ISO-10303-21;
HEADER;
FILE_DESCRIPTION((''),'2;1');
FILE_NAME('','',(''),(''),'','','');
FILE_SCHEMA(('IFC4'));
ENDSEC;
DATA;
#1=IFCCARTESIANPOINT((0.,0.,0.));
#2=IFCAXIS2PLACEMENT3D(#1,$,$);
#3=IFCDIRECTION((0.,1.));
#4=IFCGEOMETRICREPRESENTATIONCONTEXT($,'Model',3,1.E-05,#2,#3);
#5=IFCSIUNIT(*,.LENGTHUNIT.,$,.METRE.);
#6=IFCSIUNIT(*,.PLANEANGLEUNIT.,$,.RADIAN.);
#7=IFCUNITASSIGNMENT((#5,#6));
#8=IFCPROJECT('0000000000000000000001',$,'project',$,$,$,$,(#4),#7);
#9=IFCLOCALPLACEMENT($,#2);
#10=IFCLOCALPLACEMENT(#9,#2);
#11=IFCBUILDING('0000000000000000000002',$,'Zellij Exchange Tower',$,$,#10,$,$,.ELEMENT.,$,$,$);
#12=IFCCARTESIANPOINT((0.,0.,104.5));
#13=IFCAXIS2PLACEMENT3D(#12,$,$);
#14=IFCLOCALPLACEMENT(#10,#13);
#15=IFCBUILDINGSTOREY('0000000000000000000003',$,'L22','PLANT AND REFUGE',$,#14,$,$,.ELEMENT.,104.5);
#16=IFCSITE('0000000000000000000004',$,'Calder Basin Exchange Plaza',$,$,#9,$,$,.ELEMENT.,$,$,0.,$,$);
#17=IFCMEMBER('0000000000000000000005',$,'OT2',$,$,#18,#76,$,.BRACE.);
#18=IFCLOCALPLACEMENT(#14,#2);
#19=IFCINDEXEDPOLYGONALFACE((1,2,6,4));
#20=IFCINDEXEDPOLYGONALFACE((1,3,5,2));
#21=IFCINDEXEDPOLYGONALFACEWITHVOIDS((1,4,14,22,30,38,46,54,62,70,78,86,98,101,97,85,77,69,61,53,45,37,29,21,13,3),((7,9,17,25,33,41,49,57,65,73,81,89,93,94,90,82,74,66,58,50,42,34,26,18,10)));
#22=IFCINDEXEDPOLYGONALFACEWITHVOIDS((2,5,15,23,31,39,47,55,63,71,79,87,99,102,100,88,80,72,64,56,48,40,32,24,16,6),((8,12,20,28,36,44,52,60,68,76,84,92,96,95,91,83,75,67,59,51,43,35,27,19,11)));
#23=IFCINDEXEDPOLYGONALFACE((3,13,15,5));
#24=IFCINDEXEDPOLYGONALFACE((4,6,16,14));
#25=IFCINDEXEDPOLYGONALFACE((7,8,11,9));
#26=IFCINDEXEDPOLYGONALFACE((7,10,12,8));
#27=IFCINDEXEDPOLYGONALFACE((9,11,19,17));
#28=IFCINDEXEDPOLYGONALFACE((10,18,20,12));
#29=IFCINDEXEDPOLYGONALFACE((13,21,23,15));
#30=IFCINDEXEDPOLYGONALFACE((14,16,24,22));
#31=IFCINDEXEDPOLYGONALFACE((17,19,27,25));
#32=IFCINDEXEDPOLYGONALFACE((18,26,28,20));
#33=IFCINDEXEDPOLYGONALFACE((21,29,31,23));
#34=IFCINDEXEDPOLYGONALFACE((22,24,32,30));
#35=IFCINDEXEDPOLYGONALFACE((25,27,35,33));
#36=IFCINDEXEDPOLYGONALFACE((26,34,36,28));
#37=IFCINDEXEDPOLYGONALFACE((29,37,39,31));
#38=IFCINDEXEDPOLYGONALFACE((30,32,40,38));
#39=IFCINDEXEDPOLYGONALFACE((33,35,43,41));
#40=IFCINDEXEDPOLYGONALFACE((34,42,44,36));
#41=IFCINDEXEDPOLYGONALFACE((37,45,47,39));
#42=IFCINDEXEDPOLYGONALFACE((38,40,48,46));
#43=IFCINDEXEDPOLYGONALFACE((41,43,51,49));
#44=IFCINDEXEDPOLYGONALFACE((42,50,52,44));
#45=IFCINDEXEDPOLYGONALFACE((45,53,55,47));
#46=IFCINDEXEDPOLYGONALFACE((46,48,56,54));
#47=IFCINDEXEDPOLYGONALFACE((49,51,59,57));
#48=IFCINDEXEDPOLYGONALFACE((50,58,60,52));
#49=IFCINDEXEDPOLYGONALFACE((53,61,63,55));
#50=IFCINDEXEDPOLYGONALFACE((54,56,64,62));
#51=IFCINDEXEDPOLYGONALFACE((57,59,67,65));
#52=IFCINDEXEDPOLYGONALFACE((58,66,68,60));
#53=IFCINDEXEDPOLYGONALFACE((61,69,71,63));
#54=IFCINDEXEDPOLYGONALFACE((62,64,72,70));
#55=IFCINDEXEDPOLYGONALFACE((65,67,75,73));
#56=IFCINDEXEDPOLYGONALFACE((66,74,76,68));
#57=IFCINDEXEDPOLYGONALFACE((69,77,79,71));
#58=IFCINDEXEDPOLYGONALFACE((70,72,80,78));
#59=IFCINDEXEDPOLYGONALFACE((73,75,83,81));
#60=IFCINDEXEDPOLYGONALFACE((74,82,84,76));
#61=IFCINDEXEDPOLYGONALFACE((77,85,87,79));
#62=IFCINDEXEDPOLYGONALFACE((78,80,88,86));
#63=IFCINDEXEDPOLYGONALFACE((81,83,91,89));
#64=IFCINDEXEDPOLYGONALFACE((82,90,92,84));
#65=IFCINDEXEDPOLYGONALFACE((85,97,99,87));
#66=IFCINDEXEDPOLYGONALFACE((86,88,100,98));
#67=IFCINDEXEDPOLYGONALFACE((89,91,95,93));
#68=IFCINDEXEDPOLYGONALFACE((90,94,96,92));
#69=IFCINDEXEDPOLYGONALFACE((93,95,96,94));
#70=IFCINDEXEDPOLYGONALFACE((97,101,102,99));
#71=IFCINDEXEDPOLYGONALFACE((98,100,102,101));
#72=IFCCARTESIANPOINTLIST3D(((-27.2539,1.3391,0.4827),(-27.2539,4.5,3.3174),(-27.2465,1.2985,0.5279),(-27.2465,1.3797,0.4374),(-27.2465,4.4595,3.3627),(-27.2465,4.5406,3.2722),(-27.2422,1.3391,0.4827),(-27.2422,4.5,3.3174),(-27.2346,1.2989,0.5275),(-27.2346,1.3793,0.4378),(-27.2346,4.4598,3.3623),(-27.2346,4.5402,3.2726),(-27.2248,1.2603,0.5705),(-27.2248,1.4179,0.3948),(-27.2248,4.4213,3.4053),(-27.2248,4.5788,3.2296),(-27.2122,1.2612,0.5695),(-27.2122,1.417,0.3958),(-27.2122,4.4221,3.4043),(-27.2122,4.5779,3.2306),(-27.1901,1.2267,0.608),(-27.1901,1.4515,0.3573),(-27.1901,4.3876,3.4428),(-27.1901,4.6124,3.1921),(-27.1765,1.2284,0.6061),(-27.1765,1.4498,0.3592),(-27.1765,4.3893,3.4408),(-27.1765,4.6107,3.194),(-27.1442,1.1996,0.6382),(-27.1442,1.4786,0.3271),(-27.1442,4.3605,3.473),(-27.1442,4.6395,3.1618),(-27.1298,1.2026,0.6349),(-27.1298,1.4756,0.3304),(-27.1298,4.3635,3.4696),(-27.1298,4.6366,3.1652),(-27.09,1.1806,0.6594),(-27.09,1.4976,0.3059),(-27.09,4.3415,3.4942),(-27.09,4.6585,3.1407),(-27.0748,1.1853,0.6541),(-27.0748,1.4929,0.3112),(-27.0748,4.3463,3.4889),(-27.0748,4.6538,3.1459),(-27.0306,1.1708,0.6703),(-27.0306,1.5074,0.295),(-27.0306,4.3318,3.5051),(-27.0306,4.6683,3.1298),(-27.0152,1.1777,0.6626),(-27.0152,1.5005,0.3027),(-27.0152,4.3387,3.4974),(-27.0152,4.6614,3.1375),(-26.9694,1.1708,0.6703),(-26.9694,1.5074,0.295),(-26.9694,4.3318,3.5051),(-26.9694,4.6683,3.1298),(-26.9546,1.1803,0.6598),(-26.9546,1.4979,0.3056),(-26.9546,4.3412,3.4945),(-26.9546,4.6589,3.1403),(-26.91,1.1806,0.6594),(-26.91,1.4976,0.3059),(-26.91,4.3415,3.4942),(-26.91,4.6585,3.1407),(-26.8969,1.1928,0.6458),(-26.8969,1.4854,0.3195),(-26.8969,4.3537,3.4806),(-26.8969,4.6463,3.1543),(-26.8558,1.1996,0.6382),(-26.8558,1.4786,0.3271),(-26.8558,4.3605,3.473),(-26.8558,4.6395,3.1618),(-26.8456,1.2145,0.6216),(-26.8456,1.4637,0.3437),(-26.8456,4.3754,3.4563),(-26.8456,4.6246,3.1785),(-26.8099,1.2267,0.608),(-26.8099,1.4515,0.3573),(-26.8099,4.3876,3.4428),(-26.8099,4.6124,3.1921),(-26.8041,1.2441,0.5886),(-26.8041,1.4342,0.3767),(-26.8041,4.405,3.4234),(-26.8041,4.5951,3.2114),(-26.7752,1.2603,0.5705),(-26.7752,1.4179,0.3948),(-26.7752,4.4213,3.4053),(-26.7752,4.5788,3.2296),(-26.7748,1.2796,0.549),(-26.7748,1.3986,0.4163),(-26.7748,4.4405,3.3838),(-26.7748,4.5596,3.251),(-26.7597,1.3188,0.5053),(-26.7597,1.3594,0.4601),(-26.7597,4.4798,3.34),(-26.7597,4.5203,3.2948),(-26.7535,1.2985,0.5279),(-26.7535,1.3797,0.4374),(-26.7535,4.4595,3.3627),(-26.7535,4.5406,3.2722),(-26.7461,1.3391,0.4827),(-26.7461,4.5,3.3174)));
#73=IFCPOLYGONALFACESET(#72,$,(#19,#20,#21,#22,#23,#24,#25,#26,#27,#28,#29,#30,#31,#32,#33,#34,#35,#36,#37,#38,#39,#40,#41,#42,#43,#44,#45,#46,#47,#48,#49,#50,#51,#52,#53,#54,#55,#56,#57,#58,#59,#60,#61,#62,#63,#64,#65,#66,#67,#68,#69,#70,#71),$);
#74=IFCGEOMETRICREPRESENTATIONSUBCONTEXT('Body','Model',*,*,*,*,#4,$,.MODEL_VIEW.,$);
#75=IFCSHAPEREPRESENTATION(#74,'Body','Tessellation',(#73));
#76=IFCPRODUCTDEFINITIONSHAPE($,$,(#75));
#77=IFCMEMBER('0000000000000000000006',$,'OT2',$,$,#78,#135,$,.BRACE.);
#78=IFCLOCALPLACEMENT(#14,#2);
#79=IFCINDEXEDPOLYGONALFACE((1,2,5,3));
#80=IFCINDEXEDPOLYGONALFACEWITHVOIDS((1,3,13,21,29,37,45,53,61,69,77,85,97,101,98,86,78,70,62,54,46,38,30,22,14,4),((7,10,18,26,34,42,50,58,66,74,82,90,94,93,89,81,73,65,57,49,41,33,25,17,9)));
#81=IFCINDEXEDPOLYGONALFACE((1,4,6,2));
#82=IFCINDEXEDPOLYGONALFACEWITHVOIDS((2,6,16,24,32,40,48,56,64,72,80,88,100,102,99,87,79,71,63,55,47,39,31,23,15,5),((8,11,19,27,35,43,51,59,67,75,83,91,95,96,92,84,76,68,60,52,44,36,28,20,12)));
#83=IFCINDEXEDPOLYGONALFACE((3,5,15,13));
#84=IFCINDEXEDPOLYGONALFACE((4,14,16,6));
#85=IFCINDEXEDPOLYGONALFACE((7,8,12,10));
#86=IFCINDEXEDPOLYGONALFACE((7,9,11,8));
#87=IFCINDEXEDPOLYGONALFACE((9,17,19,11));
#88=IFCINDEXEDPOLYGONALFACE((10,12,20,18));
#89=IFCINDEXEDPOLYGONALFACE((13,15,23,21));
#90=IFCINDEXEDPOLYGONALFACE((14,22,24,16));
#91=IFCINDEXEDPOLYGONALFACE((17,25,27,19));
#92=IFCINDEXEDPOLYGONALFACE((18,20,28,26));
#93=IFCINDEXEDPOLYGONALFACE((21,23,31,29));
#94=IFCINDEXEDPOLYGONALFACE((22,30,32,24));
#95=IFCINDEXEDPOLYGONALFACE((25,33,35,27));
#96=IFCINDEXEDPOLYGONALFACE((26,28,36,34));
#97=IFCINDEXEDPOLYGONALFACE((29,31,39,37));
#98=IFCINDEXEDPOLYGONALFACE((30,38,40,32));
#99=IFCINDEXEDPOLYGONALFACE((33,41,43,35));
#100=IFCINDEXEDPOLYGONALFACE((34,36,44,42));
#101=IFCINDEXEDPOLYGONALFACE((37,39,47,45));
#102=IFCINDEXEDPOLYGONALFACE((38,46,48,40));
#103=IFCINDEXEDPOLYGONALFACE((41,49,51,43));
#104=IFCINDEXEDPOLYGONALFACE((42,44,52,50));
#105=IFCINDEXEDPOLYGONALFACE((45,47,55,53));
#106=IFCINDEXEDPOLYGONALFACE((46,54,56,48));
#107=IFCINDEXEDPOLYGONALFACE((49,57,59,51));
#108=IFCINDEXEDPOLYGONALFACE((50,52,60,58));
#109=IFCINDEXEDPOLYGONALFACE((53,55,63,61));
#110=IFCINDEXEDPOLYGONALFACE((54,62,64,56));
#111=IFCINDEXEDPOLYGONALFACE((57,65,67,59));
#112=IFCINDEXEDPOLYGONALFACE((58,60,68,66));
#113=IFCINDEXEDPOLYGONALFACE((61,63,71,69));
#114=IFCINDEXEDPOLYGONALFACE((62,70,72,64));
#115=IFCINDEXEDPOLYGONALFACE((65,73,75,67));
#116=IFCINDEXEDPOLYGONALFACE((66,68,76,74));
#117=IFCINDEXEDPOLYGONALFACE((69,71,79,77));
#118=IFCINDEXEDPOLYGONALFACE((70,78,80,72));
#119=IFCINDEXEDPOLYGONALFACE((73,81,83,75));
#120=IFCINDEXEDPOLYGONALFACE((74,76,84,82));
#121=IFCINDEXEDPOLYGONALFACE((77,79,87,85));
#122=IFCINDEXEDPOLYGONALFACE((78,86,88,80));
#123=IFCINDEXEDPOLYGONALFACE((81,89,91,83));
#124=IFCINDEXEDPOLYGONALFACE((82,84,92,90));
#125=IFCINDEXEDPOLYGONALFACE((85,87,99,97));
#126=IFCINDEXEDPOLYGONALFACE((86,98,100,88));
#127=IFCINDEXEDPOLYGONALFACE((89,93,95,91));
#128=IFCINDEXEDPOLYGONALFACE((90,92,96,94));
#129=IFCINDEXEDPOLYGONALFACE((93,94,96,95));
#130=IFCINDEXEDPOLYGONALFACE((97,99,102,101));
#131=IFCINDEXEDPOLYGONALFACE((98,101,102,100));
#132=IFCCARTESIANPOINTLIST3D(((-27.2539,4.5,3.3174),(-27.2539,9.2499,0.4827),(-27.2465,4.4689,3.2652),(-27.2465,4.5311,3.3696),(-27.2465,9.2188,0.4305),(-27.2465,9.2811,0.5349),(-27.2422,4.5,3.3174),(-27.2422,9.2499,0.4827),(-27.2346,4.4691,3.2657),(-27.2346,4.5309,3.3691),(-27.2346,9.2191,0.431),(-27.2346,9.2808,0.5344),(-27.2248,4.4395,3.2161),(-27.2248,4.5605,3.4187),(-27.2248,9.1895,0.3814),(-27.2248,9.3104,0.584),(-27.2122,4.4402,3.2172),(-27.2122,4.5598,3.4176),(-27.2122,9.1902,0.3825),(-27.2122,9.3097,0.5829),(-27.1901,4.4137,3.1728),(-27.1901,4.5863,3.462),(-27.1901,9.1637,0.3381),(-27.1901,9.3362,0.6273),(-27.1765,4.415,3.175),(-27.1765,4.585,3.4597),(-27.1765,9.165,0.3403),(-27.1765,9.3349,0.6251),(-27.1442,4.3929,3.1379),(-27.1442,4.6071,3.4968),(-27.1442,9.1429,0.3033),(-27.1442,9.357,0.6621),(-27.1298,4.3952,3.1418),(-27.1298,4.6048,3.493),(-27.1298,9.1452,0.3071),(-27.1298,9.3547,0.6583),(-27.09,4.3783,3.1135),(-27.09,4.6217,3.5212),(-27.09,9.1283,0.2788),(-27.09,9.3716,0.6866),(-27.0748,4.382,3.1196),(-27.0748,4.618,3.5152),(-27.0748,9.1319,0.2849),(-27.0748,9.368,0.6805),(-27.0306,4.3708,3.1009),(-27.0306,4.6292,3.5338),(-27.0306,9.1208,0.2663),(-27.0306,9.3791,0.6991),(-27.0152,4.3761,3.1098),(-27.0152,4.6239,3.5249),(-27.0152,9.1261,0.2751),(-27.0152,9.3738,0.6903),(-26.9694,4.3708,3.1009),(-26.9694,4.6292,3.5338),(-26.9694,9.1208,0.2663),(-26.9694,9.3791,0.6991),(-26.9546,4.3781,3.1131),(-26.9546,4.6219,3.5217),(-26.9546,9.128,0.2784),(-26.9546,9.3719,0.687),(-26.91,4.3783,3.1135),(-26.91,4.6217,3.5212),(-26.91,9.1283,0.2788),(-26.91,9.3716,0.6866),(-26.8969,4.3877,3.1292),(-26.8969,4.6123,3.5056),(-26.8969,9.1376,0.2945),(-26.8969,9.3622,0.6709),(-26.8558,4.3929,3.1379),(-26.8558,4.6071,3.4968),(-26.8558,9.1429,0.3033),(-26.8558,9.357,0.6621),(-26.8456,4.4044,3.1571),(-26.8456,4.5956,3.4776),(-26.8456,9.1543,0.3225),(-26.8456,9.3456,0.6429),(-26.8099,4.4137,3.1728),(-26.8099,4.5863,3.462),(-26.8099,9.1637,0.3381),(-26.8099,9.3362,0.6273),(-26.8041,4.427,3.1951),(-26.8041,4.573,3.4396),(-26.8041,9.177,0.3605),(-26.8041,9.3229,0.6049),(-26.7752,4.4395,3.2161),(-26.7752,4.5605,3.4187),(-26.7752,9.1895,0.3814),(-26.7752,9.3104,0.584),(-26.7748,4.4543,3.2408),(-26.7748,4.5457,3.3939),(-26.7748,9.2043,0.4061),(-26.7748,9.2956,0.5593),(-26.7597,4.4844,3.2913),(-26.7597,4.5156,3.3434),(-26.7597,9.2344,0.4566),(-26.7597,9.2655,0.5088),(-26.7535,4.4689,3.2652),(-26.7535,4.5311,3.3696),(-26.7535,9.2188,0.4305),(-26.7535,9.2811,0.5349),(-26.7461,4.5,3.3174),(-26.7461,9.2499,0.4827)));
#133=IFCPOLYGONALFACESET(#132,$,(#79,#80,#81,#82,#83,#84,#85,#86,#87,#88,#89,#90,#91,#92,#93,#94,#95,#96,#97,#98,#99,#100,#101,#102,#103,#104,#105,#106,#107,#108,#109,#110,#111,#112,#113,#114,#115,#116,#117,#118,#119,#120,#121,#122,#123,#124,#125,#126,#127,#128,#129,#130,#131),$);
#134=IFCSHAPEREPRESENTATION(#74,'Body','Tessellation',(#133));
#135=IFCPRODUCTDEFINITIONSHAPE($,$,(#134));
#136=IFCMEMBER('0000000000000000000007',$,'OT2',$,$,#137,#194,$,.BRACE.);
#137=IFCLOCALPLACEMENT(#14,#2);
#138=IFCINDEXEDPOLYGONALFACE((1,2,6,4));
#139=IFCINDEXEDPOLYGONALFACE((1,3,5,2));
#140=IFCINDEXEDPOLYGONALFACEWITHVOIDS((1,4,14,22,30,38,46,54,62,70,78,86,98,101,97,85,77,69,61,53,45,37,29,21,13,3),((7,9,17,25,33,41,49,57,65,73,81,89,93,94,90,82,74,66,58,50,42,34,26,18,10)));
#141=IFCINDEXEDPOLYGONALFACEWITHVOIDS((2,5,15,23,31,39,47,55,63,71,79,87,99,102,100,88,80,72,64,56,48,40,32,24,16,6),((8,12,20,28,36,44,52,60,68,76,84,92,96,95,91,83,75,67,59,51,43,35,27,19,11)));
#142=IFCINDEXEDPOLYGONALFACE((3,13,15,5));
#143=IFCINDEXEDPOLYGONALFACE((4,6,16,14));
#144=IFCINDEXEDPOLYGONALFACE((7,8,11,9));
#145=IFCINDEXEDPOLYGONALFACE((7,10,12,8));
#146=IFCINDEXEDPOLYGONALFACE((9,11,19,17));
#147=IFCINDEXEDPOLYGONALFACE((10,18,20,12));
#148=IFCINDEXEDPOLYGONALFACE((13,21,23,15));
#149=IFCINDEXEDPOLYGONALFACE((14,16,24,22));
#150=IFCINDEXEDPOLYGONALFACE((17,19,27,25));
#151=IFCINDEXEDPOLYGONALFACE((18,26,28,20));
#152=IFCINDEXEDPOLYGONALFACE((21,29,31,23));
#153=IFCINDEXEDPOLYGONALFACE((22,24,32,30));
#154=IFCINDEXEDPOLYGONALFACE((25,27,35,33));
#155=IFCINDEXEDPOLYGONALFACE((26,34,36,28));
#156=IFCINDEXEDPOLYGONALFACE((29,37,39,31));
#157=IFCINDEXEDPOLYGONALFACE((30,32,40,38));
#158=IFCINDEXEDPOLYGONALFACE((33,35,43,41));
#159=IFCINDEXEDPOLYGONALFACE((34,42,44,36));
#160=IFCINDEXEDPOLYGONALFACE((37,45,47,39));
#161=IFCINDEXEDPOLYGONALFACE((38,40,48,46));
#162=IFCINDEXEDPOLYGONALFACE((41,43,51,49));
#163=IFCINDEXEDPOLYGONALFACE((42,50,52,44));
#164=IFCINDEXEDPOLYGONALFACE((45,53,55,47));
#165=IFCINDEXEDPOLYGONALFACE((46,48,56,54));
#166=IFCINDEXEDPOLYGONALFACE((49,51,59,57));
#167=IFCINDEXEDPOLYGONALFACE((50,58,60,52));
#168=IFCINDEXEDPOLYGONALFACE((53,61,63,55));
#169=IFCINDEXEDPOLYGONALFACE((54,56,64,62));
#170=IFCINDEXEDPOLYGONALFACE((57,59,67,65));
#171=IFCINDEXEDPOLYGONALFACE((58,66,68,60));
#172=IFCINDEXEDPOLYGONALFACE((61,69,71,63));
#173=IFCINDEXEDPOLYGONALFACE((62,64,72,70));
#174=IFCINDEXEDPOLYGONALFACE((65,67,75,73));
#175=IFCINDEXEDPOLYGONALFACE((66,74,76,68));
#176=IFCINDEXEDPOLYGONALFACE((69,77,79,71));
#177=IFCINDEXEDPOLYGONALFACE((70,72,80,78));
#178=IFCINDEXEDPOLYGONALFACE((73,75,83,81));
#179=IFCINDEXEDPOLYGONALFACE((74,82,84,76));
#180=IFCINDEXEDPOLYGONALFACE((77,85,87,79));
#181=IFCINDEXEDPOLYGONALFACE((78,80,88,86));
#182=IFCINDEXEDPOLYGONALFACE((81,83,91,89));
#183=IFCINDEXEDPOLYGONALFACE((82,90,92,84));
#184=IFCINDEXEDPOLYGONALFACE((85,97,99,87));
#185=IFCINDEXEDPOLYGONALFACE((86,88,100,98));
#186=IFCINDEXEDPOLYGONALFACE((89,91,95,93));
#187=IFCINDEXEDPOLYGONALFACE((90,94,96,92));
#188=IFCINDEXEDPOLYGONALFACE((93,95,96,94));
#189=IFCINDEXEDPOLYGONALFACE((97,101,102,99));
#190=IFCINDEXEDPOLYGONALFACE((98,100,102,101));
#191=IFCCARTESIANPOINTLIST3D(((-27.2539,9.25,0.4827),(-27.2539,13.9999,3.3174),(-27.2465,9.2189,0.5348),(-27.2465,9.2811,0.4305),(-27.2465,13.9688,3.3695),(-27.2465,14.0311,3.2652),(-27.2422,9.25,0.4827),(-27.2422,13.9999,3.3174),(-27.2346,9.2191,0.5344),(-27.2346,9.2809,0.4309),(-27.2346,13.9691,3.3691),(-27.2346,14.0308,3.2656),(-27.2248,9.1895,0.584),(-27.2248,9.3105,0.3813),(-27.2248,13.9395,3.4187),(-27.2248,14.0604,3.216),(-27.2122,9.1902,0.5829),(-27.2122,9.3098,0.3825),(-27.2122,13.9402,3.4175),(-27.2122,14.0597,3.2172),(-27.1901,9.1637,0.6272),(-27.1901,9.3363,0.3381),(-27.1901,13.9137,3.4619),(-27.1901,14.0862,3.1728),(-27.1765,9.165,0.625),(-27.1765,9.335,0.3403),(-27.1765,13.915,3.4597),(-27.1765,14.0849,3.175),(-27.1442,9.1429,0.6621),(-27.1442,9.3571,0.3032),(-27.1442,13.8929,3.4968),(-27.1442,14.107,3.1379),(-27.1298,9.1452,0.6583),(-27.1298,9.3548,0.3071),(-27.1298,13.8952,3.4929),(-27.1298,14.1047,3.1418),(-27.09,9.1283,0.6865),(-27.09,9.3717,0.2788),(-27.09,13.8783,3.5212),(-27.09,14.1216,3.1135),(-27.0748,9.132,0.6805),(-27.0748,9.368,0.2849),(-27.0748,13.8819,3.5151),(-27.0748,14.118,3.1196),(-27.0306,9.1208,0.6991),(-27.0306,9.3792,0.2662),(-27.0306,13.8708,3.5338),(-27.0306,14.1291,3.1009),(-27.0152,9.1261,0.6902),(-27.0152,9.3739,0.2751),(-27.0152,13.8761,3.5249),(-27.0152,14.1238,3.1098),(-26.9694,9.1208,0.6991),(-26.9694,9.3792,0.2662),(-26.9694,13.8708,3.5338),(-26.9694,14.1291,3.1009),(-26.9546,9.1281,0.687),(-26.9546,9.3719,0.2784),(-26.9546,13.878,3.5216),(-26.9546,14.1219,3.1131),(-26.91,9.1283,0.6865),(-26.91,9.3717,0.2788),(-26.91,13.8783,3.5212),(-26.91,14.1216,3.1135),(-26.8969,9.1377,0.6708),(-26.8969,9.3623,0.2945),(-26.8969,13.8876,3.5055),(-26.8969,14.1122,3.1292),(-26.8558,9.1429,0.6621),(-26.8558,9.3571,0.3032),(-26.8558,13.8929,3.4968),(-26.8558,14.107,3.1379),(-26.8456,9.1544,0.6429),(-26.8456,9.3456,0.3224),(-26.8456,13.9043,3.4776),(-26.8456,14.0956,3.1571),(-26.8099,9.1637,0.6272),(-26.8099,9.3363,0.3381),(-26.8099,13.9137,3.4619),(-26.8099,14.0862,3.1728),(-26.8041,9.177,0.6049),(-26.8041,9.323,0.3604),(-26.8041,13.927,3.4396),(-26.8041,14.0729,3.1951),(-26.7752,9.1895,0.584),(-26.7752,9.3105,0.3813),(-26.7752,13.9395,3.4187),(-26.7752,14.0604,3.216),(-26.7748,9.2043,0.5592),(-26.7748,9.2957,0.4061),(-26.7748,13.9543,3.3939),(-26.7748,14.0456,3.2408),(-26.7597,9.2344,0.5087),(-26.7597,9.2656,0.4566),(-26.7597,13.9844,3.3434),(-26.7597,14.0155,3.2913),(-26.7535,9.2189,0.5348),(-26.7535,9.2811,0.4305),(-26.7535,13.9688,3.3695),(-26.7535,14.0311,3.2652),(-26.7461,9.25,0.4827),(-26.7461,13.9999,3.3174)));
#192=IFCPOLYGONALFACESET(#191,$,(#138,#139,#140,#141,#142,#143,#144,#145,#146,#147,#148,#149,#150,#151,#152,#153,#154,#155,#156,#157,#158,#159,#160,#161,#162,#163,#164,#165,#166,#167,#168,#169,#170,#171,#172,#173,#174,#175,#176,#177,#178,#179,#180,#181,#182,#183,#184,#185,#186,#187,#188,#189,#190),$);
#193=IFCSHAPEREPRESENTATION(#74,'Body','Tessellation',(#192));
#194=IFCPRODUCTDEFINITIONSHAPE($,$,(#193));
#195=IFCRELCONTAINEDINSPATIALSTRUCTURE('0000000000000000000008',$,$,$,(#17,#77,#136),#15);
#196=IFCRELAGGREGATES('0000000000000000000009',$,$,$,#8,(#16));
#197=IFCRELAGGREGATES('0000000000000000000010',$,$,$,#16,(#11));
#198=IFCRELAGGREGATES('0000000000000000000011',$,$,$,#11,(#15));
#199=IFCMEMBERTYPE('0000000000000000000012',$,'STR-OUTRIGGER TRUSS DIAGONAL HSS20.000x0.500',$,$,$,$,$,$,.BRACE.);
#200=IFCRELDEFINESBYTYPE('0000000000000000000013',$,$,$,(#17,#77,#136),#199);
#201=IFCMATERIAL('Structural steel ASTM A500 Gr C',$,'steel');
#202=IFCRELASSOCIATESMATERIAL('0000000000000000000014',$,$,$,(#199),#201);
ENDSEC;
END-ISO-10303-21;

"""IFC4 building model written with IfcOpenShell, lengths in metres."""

from ifc_helpers import new_model, si_unit, direction, frame, origin, origin_2d, place, context, subcontext, project, spatial, hollow_circle, extrude, material, material_profile, profile_set, type_object, element, save


model = new_model("IFC4")

# Units and contexts
model_context = context("Model", 3, precision=1e-05, world=origin(), true_north=direction((0.0, 1.0)))
body_context = subcontext(model_context, "Body", "Model", "MODEL_VIEW")
ifc_project = project(units=[si_unit("LENGTHUNIT", "METRE"), si_unit("PLANEANGLEUNIT", "RADIAN")], contexts=[model_context])

# Site, building, storey
site_placement = place(None, origin())
site = spatial("IfcSite", under=ifc_project, at=site_placement, Name="Calder Basin Exchange Plaza", CompositionType="ELEMENT", RefElevation=0.0)
building_placement = place(site_placement, origin())
building = spatial("IfcBuilding", under=site, at=building_placement, Name="Zellij Exchange Tower", CompositionType="ELEMENT")
storey_placement = place(building_placement, frame((0.0, 0.0, 104.5)))
storey = spatial("IfcBuildingStorey", under=building, at=storey_placement, Name="L22", Description="PLANT AND REFUGE", CompositionType="ELEMENT", Elevation=104.5)

# Members
ifc_material_1 = material(Name="Structural steel ASTM A500 Gr C", Category="steel")
ifc_material_profile_1 = material_profile(ifc_material_1, hollow_circle(Radius=0.2539, WallThickness=0.0117, at=origin_2d()), Name="STR-OUTRIGGER TRUSS DIAGONAL HSS20.000x0.500")
ifc_profile_set_1 = profile_set([ifc_material_profile_1], Name="Structural steel ASTM A500 Gr C")
member_type_1 = type_object("IfcMemberType", Name="STR-OUTRIGGER TRUSS DIAGONAL HSS20.000x0.500", PredefinedType="BRACE", material=ifc_profile_set_1)
member_1_placement = place(storey_placement, frame((-27.0, 1.3391, 0.4827), z_axis=(0.0, 0.744474, 0.667652), x_axis=(-1.0, 0.0, 0.0)))
element("IfcMember", 1, at=member_1_placement, inside=storey, type_object=member_type_1, Name="OT2", PredefinedType="BRACE", context=body_context, shape_type="SweptSolid", body=[
    extrude(hollow_circle(Radius=0.2539, WallThickness=0.0117, at=origin_2d()), origin(), (0.0, 0.0, 1.0), 4.2458),
])
for number, where, z_axis, x_axis, name in (
    (2, (-27.0, 4.5, 3.3174), (0.0, 0.858709, -0.512463), (-1.0, 0.0, 0.0), "OT2"),
    (3, (-27.0, 9.25, 0.4827), (0.0, 0.858709, 0.512463), (-1.0, 0.0, 0.0), "OT2"),
):
    element("IfcMember", number, at=place(storey_placement, frame(where, z_axis=z_axis, x_axis=x_axis)), inside=storey, type_object=member_type_1, Name=name, PredefinedType="BRACE", context=body_context, shape_type="SweptSolid", body=[
        extrude(hollow_circle(Radius=0.2539, WallThickness=0.0117, at=origin_2d()), origin(), (0.0, 0.0, 1.0), 5.5315),
    ])

save(model, "model.ifc")
